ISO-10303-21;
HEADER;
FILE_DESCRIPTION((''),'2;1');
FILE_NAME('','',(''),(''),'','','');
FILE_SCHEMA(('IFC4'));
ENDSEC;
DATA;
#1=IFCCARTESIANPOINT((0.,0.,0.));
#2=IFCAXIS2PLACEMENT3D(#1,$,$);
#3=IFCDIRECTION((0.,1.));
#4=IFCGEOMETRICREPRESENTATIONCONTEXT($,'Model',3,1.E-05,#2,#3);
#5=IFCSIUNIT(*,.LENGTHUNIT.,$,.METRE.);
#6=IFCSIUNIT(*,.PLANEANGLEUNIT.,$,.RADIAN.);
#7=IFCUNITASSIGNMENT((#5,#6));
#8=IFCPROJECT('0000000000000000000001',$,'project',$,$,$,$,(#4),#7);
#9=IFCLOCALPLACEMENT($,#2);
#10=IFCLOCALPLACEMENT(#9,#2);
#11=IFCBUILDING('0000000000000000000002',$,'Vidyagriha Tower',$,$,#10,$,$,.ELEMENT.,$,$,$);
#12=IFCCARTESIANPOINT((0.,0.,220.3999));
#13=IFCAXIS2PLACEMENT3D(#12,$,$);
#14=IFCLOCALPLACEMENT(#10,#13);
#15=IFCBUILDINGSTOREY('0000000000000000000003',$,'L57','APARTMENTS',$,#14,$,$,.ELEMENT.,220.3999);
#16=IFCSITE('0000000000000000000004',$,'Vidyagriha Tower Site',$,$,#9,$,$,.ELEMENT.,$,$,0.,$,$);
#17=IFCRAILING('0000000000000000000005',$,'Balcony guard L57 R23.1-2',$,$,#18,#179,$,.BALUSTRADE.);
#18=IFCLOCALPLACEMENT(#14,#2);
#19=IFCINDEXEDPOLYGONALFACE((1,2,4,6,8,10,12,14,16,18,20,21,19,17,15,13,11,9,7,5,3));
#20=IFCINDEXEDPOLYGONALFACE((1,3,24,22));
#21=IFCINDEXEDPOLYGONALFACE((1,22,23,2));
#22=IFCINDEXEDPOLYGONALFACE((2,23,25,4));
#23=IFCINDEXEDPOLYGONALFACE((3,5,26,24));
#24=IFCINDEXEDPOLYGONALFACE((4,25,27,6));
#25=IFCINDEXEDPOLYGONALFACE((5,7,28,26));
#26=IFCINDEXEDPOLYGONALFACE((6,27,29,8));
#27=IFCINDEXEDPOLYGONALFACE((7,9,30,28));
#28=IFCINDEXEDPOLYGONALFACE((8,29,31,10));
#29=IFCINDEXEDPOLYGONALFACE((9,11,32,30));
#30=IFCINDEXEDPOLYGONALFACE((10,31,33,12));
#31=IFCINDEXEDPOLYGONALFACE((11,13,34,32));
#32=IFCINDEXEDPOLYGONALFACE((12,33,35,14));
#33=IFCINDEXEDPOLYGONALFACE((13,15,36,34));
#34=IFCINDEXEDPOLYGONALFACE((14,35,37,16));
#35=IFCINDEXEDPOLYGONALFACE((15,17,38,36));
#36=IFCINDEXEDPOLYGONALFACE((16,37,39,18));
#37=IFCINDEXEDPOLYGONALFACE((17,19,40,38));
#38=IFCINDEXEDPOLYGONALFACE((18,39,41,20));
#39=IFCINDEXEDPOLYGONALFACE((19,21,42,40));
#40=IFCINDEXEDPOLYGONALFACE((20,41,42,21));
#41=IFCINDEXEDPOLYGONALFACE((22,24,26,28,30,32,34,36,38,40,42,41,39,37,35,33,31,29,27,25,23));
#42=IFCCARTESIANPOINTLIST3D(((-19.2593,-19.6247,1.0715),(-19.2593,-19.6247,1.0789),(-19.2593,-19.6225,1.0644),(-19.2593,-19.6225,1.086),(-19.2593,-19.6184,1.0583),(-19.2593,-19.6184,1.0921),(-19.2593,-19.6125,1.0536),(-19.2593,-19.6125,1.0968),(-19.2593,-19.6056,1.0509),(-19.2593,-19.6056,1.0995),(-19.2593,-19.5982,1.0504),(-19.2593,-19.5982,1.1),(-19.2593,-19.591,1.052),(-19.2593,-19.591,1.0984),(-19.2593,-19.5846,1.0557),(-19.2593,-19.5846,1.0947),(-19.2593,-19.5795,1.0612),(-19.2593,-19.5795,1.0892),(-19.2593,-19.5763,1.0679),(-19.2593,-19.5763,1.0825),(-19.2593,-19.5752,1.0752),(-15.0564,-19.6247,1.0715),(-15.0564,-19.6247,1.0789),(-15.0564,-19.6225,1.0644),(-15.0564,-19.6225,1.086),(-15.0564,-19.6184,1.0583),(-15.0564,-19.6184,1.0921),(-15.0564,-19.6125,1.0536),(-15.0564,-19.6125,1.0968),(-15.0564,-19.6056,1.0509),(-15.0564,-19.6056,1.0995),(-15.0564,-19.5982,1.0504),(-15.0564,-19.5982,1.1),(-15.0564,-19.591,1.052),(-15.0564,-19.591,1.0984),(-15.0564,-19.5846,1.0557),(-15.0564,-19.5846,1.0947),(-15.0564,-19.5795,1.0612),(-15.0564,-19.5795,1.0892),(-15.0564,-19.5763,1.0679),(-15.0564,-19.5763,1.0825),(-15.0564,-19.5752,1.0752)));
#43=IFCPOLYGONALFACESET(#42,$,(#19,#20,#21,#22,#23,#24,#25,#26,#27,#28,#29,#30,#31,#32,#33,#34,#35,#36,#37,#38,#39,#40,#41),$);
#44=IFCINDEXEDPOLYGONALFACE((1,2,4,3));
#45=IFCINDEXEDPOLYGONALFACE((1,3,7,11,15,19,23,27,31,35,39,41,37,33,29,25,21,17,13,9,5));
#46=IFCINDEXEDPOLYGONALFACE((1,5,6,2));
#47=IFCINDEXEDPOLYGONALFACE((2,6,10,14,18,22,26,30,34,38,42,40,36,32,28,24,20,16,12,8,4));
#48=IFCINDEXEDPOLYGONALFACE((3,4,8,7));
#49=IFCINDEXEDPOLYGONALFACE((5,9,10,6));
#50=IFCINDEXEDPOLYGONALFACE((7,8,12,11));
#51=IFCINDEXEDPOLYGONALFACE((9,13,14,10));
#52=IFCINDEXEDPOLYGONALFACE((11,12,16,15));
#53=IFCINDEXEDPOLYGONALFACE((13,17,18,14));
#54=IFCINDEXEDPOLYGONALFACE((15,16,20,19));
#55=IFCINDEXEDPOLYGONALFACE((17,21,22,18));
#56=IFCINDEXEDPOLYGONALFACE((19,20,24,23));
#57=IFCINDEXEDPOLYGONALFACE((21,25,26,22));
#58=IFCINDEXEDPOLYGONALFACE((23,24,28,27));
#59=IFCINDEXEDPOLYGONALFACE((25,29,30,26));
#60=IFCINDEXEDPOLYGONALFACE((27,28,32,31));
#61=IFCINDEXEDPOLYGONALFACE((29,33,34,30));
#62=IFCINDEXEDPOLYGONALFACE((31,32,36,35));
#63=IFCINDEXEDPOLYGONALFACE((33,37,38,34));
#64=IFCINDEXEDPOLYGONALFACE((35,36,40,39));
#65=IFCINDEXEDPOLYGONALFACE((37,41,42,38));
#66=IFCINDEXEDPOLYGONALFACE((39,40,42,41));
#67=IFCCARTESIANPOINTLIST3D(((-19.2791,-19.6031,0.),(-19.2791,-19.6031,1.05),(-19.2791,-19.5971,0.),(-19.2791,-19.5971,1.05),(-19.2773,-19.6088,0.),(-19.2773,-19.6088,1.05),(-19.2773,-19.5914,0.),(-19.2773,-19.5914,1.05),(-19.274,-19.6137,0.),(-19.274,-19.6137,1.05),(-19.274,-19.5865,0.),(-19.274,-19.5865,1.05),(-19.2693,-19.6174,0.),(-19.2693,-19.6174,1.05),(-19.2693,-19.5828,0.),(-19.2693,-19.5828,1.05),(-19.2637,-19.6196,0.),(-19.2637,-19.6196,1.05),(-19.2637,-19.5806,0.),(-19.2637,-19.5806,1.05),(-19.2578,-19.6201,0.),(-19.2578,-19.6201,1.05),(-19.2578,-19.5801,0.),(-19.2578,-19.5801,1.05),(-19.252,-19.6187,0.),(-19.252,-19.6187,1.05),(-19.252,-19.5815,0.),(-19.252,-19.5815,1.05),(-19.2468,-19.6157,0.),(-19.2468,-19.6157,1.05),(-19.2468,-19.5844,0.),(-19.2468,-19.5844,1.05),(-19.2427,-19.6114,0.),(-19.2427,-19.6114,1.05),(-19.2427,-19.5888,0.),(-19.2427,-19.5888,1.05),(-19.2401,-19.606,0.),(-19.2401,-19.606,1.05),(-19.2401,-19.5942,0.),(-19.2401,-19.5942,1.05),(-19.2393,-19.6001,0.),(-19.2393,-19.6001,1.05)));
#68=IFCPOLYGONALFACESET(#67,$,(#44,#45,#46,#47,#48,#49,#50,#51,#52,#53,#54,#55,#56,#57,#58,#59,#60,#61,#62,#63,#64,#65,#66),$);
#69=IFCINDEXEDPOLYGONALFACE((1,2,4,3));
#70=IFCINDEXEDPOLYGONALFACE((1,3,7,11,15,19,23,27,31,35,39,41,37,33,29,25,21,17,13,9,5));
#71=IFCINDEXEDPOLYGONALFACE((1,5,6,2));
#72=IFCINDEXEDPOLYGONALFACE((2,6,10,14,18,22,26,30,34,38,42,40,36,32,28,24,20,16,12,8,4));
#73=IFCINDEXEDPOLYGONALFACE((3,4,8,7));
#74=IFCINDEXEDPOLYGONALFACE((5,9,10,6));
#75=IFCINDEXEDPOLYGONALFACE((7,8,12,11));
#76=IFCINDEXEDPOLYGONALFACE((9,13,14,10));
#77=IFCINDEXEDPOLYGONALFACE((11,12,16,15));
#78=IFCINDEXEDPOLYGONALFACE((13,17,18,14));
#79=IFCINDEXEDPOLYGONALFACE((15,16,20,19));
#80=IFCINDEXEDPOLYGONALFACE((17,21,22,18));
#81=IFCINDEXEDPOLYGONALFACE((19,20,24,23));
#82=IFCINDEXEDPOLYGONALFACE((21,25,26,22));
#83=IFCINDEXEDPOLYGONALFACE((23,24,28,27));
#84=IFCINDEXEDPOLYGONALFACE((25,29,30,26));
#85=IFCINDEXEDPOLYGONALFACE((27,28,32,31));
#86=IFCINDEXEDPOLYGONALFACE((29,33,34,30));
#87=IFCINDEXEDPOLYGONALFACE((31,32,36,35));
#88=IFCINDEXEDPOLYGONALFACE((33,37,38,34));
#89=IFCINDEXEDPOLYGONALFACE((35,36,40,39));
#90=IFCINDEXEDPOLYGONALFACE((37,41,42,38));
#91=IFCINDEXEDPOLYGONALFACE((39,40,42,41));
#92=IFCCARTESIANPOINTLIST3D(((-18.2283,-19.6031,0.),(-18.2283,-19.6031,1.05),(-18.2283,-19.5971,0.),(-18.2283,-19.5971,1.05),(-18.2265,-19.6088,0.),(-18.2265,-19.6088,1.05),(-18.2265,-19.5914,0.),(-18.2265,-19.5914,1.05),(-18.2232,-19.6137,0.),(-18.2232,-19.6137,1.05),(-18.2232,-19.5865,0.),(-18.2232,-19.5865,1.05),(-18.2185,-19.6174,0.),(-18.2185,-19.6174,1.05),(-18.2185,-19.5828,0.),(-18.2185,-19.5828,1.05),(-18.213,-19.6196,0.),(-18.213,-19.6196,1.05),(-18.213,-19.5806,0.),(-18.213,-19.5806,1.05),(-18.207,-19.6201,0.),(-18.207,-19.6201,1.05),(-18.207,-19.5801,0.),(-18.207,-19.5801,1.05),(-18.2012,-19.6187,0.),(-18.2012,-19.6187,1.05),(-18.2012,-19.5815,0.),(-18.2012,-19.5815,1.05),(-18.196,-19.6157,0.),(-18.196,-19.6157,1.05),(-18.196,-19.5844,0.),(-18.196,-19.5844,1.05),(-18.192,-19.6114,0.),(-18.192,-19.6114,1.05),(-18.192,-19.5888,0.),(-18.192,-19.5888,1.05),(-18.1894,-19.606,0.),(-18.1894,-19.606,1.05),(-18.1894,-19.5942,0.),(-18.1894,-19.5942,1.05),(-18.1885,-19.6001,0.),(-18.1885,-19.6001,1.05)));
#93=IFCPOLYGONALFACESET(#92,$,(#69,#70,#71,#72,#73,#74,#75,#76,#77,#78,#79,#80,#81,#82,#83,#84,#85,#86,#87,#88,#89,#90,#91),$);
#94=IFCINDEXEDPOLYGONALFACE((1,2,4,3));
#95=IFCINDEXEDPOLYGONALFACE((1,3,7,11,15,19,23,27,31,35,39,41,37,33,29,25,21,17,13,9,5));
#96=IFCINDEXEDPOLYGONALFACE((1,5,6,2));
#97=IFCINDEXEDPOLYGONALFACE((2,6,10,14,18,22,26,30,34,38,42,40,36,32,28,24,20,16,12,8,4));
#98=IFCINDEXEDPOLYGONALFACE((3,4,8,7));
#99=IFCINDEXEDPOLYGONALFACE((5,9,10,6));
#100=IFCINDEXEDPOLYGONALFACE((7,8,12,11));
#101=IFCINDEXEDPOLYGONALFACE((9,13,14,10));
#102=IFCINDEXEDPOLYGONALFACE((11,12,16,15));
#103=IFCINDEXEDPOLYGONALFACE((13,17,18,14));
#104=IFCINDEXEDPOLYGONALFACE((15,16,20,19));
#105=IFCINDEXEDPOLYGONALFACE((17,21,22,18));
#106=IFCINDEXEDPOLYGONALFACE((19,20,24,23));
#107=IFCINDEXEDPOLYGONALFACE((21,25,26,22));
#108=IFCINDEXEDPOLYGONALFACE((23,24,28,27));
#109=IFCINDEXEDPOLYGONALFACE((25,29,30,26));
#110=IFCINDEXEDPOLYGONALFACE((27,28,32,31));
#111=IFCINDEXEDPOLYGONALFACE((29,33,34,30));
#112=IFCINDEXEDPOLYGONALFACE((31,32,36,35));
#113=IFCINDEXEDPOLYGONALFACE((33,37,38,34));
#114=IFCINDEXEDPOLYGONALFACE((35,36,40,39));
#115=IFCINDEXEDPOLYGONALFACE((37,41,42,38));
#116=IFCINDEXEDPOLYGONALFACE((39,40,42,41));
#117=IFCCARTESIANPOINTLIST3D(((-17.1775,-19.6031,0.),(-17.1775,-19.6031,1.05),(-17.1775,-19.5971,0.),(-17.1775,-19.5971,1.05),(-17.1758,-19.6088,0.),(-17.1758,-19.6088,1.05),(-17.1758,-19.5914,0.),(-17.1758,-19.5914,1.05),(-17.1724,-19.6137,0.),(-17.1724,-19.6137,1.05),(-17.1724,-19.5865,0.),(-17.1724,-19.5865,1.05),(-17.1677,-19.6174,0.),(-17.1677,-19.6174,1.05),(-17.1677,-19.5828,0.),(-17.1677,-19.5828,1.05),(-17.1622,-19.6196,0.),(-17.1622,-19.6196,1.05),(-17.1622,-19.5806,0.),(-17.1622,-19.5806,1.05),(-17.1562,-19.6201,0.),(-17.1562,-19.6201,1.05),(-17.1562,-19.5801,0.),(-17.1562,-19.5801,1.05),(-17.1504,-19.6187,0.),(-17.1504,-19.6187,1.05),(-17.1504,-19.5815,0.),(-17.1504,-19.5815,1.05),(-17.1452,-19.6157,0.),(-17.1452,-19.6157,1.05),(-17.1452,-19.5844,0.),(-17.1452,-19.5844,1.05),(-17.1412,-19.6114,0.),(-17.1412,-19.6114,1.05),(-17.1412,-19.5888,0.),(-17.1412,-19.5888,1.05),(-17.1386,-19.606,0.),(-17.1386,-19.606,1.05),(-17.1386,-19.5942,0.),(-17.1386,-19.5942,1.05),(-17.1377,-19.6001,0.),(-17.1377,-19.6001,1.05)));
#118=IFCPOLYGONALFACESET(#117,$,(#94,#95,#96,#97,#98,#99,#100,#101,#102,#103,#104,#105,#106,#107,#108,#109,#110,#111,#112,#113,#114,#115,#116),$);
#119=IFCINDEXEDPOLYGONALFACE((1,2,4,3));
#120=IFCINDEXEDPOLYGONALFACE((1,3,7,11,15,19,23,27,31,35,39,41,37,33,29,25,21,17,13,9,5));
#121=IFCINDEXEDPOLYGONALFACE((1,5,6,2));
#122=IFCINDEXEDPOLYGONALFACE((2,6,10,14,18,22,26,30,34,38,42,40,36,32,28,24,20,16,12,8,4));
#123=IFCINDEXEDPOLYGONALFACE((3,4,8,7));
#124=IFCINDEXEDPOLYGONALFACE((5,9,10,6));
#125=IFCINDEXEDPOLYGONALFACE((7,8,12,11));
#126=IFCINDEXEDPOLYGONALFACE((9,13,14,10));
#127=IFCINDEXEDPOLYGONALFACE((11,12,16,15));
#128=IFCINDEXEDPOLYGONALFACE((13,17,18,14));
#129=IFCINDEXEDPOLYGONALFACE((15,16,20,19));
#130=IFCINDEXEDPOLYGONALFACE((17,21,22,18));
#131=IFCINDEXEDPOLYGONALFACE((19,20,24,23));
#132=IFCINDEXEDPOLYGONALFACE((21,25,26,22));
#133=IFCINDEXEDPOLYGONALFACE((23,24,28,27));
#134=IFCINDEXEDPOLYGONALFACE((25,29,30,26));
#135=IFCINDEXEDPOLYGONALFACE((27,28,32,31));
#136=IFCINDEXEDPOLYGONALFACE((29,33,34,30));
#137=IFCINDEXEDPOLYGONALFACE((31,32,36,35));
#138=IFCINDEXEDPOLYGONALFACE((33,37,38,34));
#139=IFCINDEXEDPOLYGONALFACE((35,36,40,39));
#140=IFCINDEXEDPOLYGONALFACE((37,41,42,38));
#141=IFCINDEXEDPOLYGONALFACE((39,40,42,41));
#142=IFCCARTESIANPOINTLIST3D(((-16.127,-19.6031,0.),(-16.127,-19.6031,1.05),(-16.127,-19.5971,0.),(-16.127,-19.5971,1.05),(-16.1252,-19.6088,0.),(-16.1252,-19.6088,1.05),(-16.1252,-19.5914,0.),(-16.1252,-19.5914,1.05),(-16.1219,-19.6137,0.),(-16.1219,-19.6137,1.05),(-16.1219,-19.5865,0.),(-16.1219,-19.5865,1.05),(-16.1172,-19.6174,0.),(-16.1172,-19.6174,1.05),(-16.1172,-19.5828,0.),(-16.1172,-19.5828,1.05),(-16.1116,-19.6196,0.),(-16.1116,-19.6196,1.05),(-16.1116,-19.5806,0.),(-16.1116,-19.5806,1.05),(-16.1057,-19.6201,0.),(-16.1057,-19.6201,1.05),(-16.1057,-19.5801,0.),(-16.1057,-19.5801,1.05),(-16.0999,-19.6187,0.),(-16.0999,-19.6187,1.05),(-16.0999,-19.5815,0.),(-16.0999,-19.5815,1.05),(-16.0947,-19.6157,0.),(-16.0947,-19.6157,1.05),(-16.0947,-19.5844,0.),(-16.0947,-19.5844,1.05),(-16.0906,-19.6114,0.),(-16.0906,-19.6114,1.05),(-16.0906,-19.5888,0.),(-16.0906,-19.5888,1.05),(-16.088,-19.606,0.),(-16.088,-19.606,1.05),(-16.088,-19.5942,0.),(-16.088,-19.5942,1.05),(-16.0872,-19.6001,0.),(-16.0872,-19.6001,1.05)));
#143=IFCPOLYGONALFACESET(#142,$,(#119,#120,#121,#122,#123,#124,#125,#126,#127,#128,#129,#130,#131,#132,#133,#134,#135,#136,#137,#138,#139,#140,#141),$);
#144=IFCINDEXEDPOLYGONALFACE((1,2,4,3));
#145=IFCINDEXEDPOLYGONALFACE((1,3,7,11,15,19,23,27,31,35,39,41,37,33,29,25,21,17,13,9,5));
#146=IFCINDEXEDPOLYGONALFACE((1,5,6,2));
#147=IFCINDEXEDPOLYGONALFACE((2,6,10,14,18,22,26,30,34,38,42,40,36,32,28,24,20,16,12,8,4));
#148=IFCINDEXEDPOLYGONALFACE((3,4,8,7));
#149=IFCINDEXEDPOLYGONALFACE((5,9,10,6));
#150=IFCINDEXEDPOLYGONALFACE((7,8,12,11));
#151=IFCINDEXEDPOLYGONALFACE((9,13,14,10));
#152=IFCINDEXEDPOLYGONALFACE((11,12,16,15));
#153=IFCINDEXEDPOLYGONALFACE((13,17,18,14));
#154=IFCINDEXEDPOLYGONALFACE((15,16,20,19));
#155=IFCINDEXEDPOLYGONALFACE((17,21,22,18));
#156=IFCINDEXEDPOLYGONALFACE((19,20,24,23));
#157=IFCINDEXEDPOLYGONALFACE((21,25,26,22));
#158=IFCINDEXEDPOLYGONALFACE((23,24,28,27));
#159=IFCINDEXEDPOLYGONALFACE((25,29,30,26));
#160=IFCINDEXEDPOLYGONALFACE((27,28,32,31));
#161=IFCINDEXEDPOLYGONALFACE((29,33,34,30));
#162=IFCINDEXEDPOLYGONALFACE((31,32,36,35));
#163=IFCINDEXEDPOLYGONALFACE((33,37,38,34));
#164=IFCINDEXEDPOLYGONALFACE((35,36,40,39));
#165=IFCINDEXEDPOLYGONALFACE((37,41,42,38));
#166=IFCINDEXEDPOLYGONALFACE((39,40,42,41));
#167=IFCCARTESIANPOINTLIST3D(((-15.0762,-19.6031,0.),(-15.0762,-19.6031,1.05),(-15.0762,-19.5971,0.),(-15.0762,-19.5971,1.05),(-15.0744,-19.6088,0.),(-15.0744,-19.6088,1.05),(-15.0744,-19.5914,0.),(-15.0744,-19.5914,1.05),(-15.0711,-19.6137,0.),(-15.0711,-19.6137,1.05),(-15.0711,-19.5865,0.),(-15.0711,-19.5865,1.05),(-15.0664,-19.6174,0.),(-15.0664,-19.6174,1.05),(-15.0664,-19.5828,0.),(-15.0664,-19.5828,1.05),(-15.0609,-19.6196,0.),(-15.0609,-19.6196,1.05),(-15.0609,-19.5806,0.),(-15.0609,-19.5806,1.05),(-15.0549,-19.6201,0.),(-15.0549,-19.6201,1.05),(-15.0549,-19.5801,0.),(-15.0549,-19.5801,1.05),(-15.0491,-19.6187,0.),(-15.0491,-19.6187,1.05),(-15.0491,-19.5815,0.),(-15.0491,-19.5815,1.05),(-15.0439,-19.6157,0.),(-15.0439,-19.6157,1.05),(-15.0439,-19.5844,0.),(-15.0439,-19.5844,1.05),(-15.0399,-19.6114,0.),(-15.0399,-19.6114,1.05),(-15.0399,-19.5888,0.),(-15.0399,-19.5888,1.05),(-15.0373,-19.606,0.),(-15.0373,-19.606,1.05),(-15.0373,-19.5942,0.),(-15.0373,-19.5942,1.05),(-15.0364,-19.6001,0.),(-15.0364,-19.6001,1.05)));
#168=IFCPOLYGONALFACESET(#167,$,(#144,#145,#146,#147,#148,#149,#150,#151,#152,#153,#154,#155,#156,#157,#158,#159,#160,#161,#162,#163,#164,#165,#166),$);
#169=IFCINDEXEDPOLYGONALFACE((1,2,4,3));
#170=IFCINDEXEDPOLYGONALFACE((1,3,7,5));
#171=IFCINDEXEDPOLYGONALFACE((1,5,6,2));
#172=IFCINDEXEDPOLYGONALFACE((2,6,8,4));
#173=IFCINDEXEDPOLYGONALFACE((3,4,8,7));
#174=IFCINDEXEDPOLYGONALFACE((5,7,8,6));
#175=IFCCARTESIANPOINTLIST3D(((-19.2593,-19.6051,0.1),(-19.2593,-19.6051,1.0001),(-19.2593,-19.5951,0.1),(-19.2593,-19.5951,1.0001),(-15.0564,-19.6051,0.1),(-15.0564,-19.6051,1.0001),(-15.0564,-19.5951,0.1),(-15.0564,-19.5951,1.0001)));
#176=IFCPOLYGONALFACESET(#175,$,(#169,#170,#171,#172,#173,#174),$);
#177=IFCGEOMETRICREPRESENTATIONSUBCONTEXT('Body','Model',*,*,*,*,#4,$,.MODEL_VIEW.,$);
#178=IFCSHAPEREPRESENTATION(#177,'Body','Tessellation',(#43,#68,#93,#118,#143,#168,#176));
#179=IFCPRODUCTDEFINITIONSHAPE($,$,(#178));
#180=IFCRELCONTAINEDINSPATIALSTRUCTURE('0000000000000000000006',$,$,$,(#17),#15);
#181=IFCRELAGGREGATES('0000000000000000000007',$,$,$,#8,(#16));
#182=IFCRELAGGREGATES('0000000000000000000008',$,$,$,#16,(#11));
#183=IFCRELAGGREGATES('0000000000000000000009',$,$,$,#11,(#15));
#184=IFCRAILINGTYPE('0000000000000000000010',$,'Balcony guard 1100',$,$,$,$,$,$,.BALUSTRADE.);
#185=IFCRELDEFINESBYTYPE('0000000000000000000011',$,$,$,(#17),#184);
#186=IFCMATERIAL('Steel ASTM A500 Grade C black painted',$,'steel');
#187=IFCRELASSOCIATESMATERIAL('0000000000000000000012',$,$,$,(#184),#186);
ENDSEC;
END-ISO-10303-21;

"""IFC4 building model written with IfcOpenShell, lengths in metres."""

from ifc_helpers import new_model, si_unit, direction, frame, origin, origin_2d, place, context, subcontext, project, spatial, rectangle, circle, extrude, material, type_object, element, save


model = new_model("IFC4")

# Units and contexts
model_context = context("Model", 3, precision=1e-05, world=origin(), true_north=direction((0.0, 1.0)))
body_context = subcontext(model_context, "Body", "Model", "MODEL_VIEW")
ifc_project = project(units=[si_unit("LENGTHUNIT", "METRE"), si_unit("PLANEANGLEUNIT", "RADIAN")], contexts=[model_context])

# Site, building, storey
site_placement = place(None, origin())
site = spatial("IfcSite", under=ifc_project, at=site_placement, Name="Vidyagriha Tower Site", CompositionType="ELEMENT", RefElevation=0.0)
building_placement = place(site_placement, origin())
building = spatial("IfcBuilding", under=site, at=building_placement, Name="Vidyagriha Tower", CompositionType="ELEMENT")
storey_placement = place(building_placement, frame((0.0, 0.0, 220.3999)))
storey = spatial("IfcBuildingStorey", under=building, at=storey_placement, Name="L57", Description="APARTMENTS", CompositionType="ELEMENT", Elevation=220.3999)

# Railing
ifc_material_1 = material(Name="Steel ASTM A500 Grade C black painted", Category="steel")
railing_type = type_object("IfcRailingType", Name="Balcony guard 1100", PredefinedType="BALUSTRADE", material=ifc_material_1)
railing_1_placement = place(storey_placement, frame((-19.2593, -19.6001, 0.0)))
element("IfcRailing", 1, at=railing_1_placement, inside=storey, type_object=railing_type, Name="Balcony guard L57 R23.1-2", PredefinedType="BALUSTRADE", context=body_context, shape_type="SweptSolid", body=[
    extrude(circle(Radius=0.0249, at=origin_2d()), frame((0.0, 0.0, 1.0752), z_axis=(1.0, 0.0, 0.0), x_axis=(0.0, 1.0, 0.0)), (0.0, 0.0, 1.0), 4.2029),
    extrude(circle(Radius=0.02, at=origin_2d()), origin(), (0.0, 0.0, 1.0), 1.05),
    extrude(circle(Radius=0.02, at=origin_2d()), frame((1.0508, 0.0, 0.0)), (0.0, 0.0, 1.0), 1.05),
    extrude(circle(Radius=0.02, at=origin_2d()), frame((2.1016, 0.0, 0.0)), (0.0, 0.0, 1.0), 1.05),
    extrude(circle(Radius=0.02, at=origin_2d()), frame((3.1521, 0.0, 0.0)), (0.0, 0.0, 1.0), 1.05),
    extrude(circle(Radius=0.02, at=origin_2d()), frame((4.2029, 0.0, 0.0)), (0.0, 0.0, 1.0), 1.05),
    extrude(rectangle(XDim=0.01, YDim=0.9001, at=origin_2d()), frame((0.0, 0.0, 0.55), z_axis=(1.0, 0.0, 0.0), x_axis=(0.0, 1.0, 0.0)), (0.0, 0.0, 1.0), 4.2029),
])

save(model, "model.ifc")
